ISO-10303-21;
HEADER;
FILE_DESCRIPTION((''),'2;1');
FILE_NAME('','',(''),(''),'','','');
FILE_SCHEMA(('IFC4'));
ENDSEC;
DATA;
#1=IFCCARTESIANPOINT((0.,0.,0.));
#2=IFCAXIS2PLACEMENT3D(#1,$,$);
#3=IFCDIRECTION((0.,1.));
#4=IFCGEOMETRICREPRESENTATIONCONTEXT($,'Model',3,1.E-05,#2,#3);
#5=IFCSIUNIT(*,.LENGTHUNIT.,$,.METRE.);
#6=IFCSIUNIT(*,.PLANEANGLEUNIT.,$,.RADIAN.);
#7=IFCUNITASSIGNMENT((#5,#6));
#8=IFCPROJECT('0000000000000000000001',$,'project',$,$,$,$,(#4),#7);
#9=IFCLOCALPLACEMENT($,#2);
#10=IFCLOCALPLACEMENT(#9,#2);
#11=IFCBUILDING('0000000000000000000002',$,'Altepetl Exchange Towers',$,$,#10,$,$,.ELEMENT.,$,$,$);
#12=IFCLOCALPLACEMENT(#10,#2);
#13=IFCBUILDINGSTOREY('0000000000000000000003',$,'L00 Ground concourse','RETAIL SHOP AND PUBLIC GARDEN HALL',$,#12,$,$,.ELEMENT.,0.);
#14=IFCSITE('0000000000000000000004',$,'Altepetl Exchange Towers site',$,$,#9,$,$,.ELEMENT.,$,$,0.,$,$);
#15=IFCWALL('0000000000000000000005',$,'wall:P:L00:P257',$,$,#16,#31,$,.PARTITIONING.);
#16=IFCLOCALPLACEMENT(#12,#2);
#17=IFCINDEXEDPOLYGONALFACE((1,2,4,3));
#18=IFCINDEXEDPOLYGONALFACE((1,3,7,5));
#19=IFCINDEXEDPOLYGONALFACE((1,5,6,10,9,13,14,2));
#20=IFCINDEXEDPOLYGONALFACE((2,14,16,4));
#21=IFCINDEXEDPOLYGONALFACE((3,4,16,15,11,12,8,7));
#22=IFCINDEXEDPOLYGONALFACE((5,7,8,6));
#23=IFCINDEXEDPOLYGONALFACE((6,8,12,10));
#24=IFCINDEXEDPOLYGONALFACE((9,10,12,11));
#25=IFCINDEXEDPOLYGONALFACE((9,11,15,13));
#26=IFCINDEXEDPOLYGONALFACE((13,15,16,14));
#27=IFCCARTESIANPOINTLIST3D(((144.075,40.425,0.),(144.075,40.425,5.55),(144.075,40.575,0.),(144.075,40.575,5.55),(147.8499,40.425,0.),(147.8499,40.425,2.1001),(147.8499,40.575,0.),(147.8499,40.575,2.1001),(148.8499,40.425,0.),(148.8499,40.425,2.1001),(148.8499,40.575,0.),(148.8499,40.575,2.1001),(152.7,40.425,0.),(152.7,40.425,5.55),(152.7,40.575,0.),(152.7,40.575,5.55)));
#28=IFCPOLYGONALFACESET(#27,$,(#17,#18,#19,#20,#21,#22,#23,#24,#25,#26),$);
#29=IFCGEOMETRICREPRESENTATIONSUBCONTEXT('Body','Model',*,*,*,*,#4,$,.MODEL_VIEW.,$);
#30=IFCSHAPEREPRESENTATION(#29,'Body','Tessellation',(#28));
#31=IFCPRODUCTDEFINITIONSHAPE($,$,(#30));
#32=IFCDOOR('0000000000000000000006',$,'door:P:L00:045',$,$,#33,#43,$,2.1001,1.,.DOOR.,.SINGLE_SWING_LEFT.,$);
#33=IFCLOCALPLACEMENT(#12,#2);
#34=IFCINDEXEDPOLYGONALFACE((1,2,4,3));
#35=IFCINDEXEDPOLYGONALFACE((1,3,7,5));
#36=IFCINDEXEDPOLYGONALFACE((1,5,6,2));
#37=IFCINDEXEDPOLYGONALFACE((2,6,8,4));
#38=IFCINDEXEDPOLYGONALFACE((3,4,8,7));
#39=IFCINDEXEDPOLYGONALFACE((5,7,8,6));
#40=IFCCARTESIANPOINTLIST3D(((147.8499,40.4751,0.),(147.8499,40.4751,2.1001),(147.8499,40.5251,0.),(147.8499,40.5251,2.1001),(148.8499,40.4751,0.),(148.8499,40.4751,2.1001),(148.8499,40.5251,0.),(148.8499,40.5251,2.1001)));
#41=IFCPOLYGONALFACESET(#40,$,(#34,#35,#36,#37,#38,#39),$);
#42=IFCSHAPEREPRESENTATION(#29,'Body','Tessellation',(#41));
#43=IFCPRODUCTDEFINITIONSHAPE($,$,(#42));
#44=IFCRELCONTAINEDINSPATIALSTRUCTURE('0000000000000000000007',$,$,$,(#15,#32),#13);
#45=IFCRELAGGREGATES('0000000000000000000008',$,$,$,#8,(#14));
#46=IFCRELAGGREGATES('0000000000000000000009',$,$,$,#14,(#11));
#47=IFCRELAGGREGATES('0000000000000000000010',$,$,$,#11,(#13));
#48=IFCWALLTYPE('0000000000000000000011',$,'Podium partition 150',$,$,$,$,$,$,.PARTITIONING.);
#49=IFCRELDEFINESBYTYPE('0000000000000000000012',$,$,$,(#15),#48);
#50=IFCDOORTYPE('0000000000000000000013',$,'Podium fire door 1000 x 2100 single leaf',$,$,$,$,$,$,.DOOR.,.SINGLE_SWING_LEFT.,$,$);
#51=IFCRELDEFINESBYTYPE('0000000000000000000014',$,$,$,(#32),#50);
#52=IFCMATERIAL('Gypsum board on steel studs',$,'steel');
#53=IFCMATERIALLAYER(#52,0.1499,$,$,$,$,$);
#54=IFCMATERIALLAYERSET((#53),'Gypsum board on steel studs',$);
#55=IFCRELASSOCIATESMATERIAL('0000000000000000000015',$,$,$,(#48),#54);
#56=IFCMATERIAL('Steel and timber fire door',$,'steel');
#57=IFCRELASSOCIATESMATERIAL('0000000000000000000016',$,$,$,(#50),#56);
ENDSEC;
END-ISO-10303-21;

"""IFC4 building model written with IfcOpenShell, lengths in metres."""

from ifc_helpers import new_model, si_unit, direction, frame, frame_2d, origin, place, context, subcontext, project, spatial, rectangle, extrude, material, layer, layer_set, type_object, element, fill, save


model = new_model("IFC4")

# Units and contexts
model_context = context("Model", 3, precision=1e-05, world=origin(), true_north=direction((0.0, 1.0)))
body_context = subcontext(model_context, "Body", "Model", "MODEL_VIEW")
ifc_project = project(units=[si_unit("LENGTHUNIT", "METRE"), si_unit("PLANEANGLEUNIT", "RADIAN")], contexts=[model_context])

# Site, building, storey
site_placement = place(None, origin())
site = spatial("IfcSite", under=ifc_project, at=site_placement, Name="Altepetl Exchange Towers site", CompositionType="ELEMENT", RefElevation=0.0)
building_placement = place(site_placement, origin())
building = spatial("IfcBuilding", under=site, at=building_placement, Name="Altepetl Exchange Towers", CompositionType="ELEMENT")
storey_placement = place(building_placement, origin())
storey = spatial("IfcBuildingStorey", under=building, at=storey_placement, Name="L00 Ground concourse", Description="RETAIL SHOP AND PUBLIC GARDEN HALL", CompositionType="ELEMENT", Elevation=0.0)

# Shared definitions
ifc_material_1 = material(Name="Gypsum board on steel studs", Category="steel")
ifc_layer_1 = layer(ifc_material_1, 0.1499)
ifc_layer_set_1 = layer_set([ifc_layer_1], Name="Gypsum board on steel studs")
wall_type_1 = type_object("IfcWallType", Name="Podium partition 150", PredefinedType="PARTITIONING", material=ifc_layer_set_1)

# Shared definitions
ifc_material_2 = material(Name="Steel and timber fire door", Category="steel")
door_type_1 = type_object("IfcDoorType", Name="Podium fire door 1000 x 2100 single leaf", OperationType="SINGLE_SWING_LEFT", PredefinedType="DOOR", material=ifc_material_2)

# Wall, opening, door
wall_1_placement = place(storey_placement, frame((144.075, 40.5, 0.0)))
wall_1 = element("IfcWall", 1, at=wall_1_placement, inside=storey, type_object=wall_type_1, Name="wall:P:L00:P257", PredefinedType="PARTITIONING", context=body_context, shape_type="SweptSolid", body=[
    extrude(rectangle(XDim=8.625, YDim=0.1499, at=frame_2d((4.3125, 0.0))), origin(), (0.0, 0.0, 1.0), 5.55),
])
opening_1_placement = place(wall_1_placement, frame((3.7749, 0.0, 0.0)))
opening_1 = element("IfcOpeningElement", 2, at=opening_1_placement, cuts=wall_1, PredefinedType="OPENING", context=body_context, shape_type="SweptSolid", body=[
    extrude(rectangle(XDim=1.0, YDim=2.1001, at=frame_2d((0.5, 1.05))), frame((0.0, 0.085, 0.0), z_axis=(0.0, -1.0, 0.0), x_axis=(1.0, 0.0, 0.0)), (0.0, 0.0, 1.0), 0.1699),
])
door_1_placement = place(opening_1_placement, frame((1.0, 0.0, 0.0), x_axis=(-1.0, 0.0, 0.0)))
door_1 = element("IfcDoor", 3, at=door_1_placement, inside=storey, type_object=door_type_1, Name="door:P:L00:045", OperationType="SINGLE_SWING_LEFT", OverallHeight=2.1001, OverallWidth=1.0, PredefinedType="DOOR", context=body_context, shape_type="SweptSolid", body=[
    extrude(rectangle(XDim=1.0, YDim=2.1001, at=frame_2d((0.5, 1.05))), frame((0.0, 0.0249, 0.0), z_axis=(0.0, -1.0, 0.0), x_axis=(1.0, 0.0, 0.0)), (0.0, 0.0, 1.0), 0.05),
])
fill(opening_1, door_1)

save(model, "model.ifc")
